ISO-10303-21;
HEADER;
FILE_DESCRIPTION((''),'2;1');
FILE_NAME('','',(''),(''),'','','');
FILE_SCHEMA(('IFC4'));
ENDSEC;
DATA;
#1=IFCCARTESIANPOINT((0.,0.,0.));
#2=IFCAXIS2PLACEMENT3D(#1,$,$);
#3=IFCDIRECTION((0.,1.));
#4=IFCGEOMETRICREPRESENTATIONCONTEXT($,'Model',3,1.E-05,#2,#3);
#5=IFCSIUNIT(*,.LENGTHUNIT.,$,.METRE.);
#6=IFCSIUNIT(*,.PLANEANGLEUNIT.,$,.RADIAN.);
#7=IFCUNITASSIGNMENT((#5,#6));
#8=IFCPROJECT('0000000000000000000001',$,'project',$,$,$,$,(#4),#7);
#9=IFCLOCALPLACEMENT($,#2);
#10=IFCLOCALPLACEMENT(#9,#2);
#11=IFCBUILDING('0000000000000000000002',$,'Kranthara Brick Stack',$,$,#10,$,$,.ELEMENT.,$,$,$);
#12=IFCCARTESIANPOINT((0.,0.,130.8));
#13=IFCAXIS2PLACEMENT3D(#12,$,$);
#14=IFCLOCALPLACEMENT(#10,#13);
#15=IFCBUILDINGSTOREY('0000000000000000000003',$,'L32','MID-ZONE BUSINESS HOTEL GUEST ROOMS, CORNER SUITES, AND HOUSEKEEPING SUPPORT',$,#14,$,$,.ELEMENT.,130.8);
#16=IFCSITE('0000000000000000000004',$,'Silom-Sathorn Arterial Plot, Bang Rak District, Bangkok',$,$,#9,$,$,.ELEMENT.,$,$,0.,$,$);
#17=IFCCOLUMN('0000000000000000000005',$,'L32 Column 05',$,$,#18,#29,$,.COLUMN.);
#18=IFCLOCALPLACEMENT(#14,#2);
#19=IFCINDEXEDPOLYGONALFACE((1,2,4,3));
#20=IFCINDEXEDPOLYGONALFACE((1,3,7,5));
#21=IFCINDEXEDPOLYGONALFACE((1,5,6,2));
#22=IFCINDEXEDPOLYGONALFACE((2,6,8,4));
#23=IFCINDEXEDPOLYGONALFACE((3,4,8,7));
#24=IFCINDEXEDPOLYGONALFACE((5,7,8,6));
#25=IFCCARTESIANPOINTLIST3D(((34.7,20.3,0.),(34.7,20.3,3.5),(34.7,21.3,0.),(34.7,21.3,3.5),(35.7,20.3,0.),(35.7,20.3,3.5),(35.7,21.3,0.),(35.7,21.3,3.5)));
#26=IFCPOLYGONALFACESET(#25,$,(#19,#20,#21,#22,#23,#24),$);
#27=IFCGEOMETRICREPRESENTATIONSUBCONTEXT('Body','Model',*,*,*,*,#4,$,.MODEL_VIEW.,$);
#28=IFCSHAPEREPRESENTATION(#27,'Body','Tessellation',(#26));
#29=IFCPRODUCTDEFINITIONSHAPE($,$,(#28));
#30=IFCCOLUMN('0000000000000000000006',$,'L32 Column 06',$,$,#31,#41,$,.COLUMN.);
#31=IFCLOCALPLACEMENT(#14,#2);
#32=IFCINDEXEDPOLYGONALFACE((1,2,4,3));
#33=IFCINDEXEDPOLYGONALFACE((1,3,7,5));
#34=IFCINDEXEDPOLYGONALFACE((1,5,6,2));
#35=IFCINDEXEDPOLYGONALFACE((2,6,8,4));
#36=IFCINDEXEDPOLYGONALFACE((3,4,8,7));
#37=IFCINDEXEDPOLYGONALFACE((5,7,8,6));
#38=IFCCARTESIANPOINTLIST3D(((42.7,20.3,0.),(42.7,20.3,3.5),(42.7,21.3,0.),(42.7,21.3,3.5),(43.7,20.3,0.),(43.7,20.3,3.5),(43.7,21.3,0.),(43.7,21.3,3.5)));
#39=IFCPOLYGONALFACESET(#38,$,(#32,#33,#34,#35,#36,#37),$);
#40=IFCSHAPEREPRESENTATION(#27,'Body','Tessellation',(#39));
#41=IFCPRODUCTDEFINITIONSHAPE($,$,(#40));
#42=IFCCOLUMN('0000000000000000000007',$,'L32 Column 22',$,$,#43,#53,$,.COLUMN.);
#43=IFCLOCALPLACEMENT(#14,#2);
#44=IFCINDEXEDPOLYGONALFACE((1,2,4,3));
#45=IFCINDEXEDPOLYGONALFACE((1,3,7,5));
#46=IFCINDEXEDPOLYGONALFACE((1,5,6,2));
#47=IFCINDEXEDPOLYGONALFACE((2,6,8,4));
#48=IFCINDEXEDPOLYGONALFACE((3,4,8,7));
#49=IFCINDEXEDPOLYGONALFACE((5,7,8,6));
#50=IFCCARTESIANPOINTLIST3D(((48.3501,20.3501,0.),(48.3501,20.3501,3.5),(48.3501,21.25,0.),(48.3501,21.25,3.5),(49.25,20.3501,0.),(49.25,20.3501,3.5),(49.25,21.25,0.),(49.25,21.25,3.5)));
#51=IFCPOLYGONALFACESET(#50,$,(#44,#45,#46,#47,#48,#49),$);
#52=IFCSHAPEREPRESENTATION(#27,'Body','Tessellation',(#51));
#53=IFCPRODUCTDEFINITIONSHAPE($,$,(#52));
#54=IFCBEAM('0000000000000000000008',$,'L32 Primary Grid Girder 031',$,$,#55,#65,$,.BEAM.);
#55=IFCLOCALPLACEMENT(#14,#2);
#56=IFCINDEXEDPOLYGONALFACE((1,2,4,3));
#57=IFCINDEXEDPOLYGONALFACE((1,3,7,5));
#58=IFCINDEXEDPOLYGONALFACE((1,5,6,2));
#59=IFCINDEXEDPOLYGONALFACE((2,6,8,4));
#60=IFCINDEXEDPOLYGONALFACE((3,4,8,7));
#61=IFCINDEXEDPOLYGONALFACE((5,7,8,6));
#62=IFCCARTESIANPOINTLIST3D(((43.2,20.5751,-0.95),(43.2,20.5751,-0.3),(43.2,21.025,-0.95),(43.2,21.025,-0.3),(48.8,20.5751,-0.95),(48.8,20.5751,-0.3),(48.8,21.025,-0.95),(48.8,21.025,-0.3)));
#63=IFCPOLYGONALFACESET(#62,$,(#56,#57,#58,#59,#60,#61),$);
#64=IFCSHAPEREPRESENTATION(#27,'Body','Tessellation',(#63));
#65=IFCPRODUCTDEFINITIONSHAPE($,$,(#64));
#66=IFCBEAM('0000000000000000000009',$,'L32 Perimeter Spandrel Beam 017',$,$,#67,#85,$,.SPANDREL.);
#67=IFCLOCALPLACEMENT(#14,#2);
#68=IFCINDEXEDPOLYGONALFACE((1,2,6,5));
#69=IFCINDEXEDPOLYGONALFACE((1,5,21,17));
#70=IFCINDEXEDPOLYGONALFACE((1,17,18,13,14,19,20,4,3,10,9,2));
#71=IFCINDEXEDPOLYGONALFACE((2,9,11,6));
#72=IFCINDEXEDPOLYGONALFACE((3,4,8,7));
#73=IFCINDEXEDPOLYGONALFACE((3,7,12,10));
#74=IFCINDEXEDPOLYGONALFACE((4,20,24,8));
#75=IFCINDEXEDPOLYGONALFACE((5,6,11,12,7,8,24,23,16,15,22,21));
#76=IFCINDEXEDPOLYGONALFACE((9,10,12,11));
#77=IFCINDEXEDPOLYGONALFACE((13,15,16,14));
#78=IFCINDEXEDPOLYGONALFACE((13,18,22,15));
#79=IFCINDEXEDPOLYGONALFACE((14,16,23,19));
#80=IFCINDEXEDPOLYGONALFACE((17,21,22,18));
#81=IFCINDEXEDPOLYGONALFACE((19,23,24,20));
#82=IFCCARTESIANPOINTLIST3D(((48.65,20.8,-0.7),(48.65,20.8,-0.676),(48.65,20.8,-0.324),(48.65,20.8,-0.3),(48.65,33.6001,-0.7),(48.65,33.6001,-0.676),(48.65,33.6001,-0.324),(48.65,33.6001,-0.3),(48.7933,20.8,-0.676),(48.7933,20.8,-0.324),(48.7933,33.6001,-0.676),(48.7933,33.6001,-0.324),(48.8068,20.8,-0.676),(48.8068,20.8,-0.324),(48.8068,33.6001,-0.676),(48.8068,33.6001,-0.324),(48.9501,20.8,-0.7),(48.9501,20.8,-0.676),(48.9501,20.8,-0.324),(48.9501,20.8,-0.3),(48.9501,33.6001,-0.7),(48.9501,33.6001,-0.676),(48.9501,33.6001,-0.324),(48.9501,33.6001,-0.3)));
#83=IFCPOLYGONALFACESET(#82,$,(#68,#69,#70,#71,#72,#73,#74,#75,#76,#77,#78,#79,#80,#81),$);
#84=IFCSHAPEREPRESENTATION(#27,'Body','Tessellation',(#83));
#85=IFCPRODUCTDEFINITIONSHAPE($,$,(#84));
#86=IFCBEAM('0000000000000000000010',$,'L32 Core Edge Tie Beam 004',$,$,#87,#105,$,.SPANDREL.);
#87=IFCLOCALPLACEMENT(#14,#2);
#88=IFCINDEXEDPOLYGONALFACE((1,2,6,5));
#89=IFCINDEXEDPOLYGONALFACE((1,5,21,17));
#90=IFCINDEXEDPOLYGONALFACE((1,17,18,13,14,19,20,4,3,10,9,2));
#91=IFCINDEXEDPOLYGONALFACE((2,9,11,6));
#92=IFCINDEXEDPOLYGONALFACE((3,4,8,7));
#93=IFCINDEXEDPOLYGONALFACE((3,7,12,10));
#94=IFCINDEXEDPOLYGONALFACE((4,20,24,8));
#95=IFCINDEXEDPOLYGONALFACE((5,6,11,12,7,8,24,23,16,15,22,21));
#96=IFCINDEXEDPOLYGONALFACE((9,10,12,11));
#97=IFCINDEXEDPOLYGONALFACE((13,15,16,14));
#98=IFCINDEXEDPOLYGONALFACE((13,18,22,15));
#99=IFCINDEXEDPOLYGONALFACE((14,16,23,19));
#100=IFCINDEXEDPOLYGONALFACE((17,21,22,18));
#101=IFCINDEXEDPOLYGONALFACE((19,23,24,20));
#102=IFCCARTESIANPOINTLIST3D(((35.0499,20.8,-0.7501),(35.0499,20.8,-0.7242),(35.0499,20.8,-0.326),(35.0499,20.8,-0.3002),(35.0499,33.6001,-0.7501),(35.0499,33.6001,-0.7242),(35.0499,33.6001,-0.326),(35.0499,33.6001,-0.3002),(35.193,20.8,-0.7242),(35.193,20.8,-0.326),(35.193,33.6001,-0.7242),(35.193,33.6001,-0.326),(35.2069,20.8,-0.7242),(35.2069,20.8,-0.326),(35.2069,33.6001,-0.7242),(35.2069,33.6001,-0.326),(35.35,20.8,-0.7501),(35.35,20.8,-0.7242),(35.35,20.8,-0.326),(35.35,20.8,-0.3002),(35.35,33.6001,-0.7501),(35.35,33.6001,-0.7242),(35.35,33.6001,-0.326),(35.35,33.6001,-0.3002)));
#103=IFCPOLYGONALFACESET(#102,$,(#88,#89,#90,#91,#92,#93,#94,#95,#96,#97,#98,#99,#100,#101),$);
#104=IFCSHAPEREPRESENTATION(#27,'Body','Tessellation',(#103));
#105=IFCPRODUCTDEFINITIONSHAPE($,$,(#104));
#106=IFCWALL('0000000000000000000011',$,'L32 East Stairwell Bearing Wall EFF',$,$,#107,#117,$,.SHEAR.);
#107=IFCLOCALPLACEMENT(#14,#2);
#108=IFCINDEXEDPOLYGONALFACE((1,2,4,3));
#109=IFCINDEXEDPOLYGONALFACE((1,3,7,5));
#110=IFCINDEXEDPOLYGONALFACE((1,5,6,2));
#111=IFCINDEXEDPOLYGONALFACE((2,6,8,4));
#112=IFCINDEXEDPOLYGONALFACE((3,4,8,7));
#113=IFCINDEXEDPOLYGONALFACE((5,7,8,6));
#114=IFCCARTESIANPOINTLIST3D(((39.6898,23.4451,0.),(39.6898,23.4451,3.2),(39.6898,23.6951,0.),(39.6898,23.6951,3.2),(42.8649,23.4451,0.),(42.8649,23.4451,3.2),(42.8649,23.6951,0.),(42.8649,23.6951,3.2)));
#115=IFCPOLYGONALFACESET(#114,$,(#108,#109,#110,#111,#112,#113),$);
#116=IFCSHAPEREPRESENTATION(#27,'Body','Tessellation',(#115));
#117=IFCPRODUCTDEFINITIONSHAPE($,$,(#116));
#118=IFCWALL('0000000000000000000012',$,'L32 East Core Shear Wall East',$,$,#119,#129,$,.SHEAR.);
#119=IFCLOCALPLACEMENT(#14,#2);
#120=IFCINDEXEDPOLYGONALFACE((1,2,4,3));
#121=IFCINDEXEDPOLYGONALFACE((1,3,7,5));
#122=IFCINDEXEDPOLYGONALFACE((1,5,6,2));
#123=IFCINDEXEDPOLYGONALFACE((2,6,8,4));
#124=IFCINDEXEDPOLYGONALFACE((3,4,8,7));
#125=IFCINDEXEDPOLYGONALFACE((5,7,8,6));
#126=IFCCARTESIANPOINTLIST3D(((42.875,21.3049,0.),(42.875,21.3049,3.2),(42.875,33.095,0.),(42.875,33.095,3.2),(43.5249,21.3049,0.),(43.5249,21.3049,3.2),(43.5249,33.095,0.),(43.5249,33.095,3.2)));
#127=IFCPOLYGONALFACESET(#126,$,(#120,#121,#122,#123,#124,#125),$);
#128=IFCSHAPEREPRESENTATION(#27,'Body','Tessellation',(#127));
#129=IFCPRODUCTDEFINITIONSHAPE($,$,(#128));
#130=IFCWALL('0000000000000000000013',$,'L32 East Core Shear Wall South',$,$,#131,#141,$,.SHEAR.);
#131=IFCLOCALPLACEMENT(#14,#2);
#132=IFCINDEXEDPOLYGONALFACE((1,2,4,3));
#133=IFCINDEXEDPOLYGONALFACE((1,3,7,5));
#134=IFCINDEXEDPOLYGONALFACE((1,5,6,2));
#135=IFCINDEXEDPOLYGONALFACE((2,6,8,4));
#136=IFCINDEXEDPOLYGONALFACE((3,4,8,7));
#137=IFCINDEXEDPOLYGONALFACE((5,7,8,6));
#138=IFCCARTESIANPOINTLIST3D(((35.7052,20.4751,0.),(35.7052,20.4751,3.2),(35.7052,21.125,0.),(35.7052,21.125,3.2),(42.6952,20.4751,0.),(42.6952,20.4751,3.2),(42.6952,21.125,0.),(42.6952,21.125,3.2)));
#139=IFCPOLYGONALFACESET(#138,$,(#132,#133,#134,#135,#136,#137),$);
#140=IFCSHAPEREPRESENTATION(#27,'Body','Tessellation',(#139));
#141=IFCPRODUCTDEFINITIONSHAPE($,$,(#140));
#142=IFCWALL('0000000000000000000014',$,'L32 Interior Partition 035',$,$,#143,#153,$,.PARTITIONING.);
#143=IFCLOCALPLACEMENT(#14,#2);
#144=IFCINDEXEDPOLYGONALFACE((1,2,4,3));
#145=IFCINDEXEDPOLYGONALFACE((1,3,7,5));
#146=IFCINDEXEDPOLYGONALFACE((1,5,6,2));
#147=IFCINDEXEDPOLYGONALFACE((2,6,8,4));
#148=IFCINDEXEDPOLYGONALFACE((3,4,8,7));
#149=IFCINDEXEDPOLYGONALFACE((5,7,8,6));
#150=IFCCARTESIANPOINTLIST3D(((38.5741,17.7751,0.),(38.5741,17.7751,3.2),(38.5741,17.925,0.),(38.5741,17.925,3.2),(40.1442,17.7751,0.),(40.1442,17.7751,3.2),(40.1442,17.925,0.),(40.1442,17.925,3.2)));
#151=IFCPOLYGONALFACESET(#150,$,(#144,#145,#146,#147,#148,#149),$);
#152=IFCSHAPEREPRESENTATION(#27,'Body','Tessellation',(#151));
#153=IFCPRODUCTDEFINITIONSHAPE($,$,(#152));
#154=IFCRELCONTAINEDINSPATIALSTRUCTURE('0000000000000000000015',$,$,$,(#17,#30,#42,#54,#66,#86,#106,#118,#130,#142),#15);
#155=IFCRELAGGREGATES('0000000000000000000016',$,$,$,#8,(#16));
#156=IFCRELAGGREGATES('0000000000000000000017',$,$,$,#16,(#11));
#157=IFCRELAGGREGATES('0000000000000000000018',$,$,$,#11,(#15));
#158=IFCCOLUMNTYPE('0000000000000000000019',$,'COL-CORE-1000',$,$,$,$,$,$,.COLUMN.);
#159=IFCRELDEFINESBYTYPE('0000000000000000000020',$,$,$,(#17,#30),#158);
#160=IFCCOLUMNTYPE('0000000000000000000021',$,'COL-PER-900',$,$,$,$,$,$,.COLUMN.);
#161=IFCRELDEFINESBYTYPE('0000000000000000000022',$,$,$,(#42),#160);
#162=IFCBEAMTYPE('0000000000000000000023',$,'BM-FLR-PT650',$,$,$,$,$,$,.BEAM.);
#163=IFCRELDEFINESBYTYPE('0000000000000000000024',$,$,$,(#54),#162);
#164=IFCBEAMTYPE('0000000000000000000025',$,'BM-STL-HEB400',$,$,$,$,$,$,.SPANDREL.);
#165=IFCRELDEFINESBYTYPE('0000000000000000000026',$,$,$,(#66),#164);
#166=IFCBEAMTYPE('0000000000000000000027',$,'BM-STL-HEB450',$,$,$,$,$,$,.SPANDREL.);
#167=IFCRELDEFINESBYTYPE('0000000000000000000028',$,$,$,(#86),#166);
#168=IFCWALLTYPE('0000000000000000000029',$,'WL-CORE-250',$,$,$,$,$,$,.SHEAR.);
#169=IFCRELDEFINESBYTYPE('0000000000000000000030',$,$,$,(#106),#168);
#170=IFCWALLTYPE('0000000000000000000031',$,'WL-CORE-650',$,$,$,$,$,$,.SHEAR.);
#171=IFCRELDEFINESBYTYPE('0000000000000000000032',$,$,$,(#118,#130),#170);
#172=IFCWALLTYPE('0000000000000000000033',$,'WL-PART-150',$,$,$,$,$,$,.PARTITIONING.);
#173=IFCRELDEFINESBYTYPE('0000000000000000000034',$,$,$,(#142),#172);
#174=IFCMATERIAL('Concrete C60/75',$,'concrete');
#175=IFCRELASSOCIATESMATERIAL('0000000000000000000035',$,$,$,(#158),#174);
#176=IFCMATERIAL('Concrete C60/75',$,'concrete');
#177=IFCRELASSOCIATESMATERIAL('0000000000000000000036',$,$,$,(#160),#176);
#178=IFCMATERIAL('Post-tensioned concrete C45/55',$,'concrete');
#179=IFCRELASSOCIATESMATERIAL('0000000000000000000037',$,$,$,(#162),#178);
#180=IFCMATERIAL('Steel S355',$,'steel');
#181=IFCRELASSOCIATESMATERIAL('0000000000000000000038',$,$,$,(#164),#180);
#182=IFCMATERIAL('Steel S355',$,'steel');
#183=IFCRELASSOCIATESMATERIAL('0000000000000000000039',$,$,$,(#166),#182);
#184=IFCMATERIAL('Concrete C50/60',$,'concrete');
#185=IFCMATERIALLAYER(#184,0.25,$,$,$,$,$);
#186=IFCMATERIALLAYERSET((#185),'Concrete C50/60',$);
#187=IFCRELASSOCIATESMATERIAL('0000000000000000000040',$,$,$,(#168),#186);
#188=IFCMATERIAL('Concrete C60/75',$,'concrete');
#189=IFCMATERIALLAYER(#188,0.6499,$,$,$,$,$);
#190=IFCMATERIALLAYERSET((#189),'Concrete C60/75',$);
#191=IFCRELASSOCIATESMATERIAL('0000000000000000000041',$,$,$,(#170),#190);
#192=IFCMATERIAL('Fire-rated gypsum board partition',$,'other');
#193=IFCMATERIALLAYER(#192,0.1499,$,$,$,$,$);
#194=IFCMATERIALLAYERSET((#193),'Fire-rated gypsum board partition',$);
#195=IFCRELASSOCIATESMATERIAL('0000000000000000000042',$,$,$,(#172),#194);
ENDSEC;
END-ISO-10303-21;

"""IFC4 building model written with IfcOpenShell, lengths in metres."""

from ifc_helpers import new_model, si_unit, direction, frame, frame_2d, origin, origin_2d, place, context, subcontext, project, spatial, rectangle, i_section, extrude, material, layer, layer_set, material_profile, profile_set, type_object, element, save


model = new_model("IFC4")

# Units and contexts
model_context = context("Model", 3, precision=1e-05, world=origin(), true_north=direction((0.0, 1.0)))
body_context = subcontext(model_context, "Body", "Model", "MODEL_VIEW")
ifc_project = project(units=[si_unit("LENGTHUNIT", "METRE"), si_unit("PLANEANGLEUNIT", "RADIAN")], contexts=[model_context])

# Site, building, storey
site_placement = place(None, origin())
site = spatial("IfcSite", under=ifc_project, at=site_placement, Name="Silom-Sathorn Arterial Plot, Bang Rak District, Bangkok", CompositionType="ELEMENT", RefElevation=0.0)
building_placement = place(site_placement, origin())
building = spatial("IfcBuilding", under=site, at=building_placement, Name="Kranthara Brick Stack", CompositionType="ELEMENT")
storey_placement = place(building_placement, frame((0.0, 0.0, 130.8)))
storey = spatial("IfcBuildingStorey", under=building, at=storey_placement, Name="L32", Description="MID-ZONE BUSINESS HOTEL GUEST ROOMS, CORNER SUITES, AND HOUSEKEEPING SUPPORT", CompositionType="ELEMENT", Elevation=130.8)

# Columns
ifc_material_1 = material(Name="Concrete C60/75", Category="concrete")
ifc_material_profile_1 = material_profile(ifc_material_1, rectangle(XDim=1.0, YDim=1.0, at=origin_2d()), Name="RC 1000x1000")
ifc_profile_set_1 = profile_set([ifc_material_profile_1], Name="Concrete C60/75")
column_type_1 = type_object("IfcColumnType", Name="COL-CORE-1000", PredefinedType="COLUMN", material=ifc_profile_set_1)
for number, where, z_axis, x_axis, name in (
    (1, (35.2, 20.8, 0.0), (0.0, 0.0, 1.0), (1.0, 0.0, 0.0), "L32 Column 05"),
    (2, (43.2, 20.8, 0.0), (0.0, 0.0, 1.0), (1.0, 0.0, 0.0), "L32 Column 06"),
):
    element("IfcColumn", number, at=place(storey_placement, frame(where, z_axis=z_axis, x_axis=x_axis)), inside=storey, type_object=column_type_1, Name=name, PredefinedType="COLUMN", context=body_context, shape_type="SweptSolid", body=[
        extrude(rectangle(XDim=1.0, YDim=1.0, at=origin_2d()), origin(), (0.0, 0.0, 1.0), 3.5),
    ])
ifc_material_2 = material(Name="Concrete C60/75", Category="concrete")
ifc_material_profile_2 = material_profile(ifc_material_2, rectangle(XDim=0.8999, YDim=0.8999, at=origin_2d()), Name="RC 900x900")
ifc_profile_set_2 = profile_set([ifc_material_profile_2], Name="Concrete C60/75")
column_type_2 = type_object("IfcColumnType", Name="COL-PER-900", PredefinedType="COLUMN", material=ifc_profile_set_2)
column_placement = place(storey_placement, frame((48.8, 20.8, 0.0), z_axis=(0.0, 0.0, 1.0), x_axis=(1.0, 0.0, 0.0)))
element("IfcColumn", 3, at=column_placement, inside=storey, type_object=column_type_2, Name="L32 Column 22", PredefinedType="COLUMN", context=body_context, shape_type="SweptSolid", body=[
    extrude(rectangle(XDim=0.8999, YDim=0.8999, at=origin_2d()), origin(), (0.0, 0.0, 1.0), 3.5),
])

# Beams
ifc_material_3 = material(Name="Post-tensioned concrete C45/55", Category="concrete")
ifc_material_profile_3 = material_profile(ifc_material_3, rectangle(XDim=0.45, YDim=0.6499, at=origin_2d()), Name="PT 450x650")
ifc_profile_set_3 = profile_set([ifc_material_profile_3], Name="Post-tensioned concrete C45/55")
beam_type_1 = type_object("IfcBeamType", Name="BM-FLR-PT650", PredefinedType="BEAM", material=ifc_profile_set_3)
beam_1_placement = place(storey_placement, frame((43.2, 20.8, -0.625), z_axis=(1.0, 0.0, 0.0), x_axis=(0.0, 1.0, 0.0)))
element("IfcBeam", 4, at=beam_1_placement, inside=storey, type_object=beam_type_1, Name="L32 Primary Grid Girder 031", PredefinedType="BEAM", context=body_context, shape_type="SweptSolid", body=[
    extrude(rectangle(XDim=0.45, YDim=0.6499, at=origin_2d()), origin(), (0.0, 0.0, 1.0), 5.6001),
])
ifc_material_4 = material(Name="Steel S355", Category="steel")
ifc_material_profile_4 = material_profile(ifc_material_4, i_section(OverallWidth=0.3, OverallDepth=0.3999, WebThickness=0.0134, FlangeThickness=0.0239, at=origin_2d()), Name="HEB 400")
ifc_profile_set_4 = profile_set([ifc_material_profile_4], Name="Steel S355")
beam_type_2 = type_object("IfcBeamType", Name="BM-STL-HEB400", PredefinedType="SPANDREL", material=ifc_profile_set_4)
beam_2_placement = place(storey_placement, frame((48.8, 20.8, -0.5), z_axis=(0.0, 1.0, 0.0), x_axis=(-1.0, 0.0, 0.0)))
element("IfcBeam", 5, at=beam_2_placement, inside=storey, type_object=beam_type_2, Name="L32 Perimeter Spandrel Beam 017", PredefinedType="SPANDREL", context=body_context, shape_type="SweptSolid", body=[
    extrude(i_section(OverallWidth=0.3, OverallDepth=0.3999, WebThickness=0.0134, FlangeThickness=0.0239, at=origin_2d()), origin(), (0.0, 0.0, 1.0), 12.8),
])
ifc_material_5 = material(Name="Steel S355", Category="steel")
ifc_material_profile_5 = material_profile(ifc_material_5, i_section(OverallWidth=0.3, OverallDepth=0.45, WebThickness=0.0139, FlangeThickness=0.0259, at=origin_2d()), Name="HEB 450")
ifc_profile_set_5 = profile_set([ifc_material_profile_5], Name="Steel S355")
beam_type_3 = type_object("IfcBeamType", Name="BM-STL-HEB450", PredefinedType="SPANDREL", material=ifc_profile_set_5)
beam_3_placement = place(storey_placement, frame((35.2, 20.8, -0.5251), z_axis=(0.0, 1.0, 0.0), x_axis=(-1.0, 0.0, 0.0)))
element("IfcBeam", 6, at=beam_3_placement, inside=storey, type_object=beam_type_3, Name="L32 Core Edge Tie Beam 004", PredefinedType="SPANDREL", context=body_context, shape_type="SweptSolid", body=[
    extrude(i_section(OverallWidth=0.3, OverallDepth=0.45, WebThickness=0.0139, FlangeThickness=0.0259, at=origin_2d()), origin(), (0.0, 0.0, 1.0), 12.8),
])

# Shared definitions
ifc_material_6 = material(Name="Concrete C50/60", Category="concrete")
ifc_layer_1 = layer(ifc_material_6, 0.25)
ifc_layer_set_1 = layer_set([ifc_layer_1], Name="Concrete C50/60")
wall_type_1 = type_object("IfcWallType", Name="WL-CORE-250", PredefinedType="SHEAR", material=ifc_layer_set_1)

# Walls
wall_1_placement = place(storey_placement, frame((39.6899, 23.5701, 0.0), z_axis=(0.0, 0.0, 1.0), x_axis=(1.0, 0.0, 0.0)))
element("IfcWall", 7, at=wall_1_placement, inside=storey, type_object=wall_type_1, Name="L32 East Stairwell Bearing Wall EFF", PredefinedType="SHEAR", context=body_context, shape_type="SweptSolid", body=[
    extrude(rectangle(XDim=3.175, YDim=0.25, at=frame_2d((1.5874, 0.0))), origin(), (0.0, 0.0, 1.0), 3.2),
])
ifc_material_7 = material(Name="Concrete C60/75", Category="concrete")
ifc_layer_2 = layer(ifc_material_7, 0.6499)
ifc_layer_set_2 = layer_set([ifc_layer_2], Name="Concrete C60/75")
wall_type_2 = type_object("IfcWallType", Name="WL-CORE-650", PredefinedType="SHEAR", material=ifc_layer_set_2)
wall_2_placement = place(storey_placement, frame((43.2, 21.3049, 0.0), z_axis=(0.0, 0.0, 1.0), x_axis=(0.0, 1.0, 0.0)))
element("IfcWall", 8, at=wall_2_placement, inside=storey, type_object=wall_type_2, Name="L32 East Core Shear Wall East", PredefinedType="SHEAR", context=body_context, shape_type="SweptSolid", body=[
    extrude(rectangle(XDim=11.79, YDim=0.6499, at=frame_2d((5.895, 0.0))), origin(), (0.0, 0.0, 1.0), 3.2),
])
wall_3_placement = place(storey_placement, frame((35.7051, 20.8, 0.0), z_axis=(0.0, 0.0, 1.0), x_axis=(1.0, 0.0, 0.0)))
element("IfcWall", 9, at=wall_3_placement, inside=storey, type_object=wall_type_2, Name="L32 East Core Shear Wall South", PredefinedType="SHEAR", context=body_context, shape_type="SweptSolid", body=[
    extrude(rectangle(XDim=6.99, YDim=0.6499, at=frame_2d((3.4951, 0.0))), origin(), (0.0, 0.0, 1.0), 3.2),
])

# Wall
ifc_material_8 = material(Name="Fire-rated gypsum board partition", Category="other")
ifc_layer_3 = layer(ifc_material_8, 0.1499)
ifc_layer_set_3 = layer_set([ifc_layer_3], Name="Fire-rated gypsum board partition")
wall_type_3 = type_object("IfcWallType", Name="WL-PART-150", PredefinedType="PARTITIONING", material=ifc_layer_set_3)
wall_4_placement = place(storey_placement, frame((38.574, 17.8501, 0.0), z_axis=(0.0, 0.0, 1.0), x_axis=(1.0, 0.0, 0.0)))
element("IfcWall", 10, at=wall_4_placement, inside=storey, type_object=wall_type_3, Name="L32 Interior Partition 035", PredefinedType="PARTITIONING", context=body_context, shape_type="SweptSolid", body=[
    extrude(rectangle(XDim=1.5701, YDim=0.1499, at=frame_2d((0.7852, 0.0))), origin(), (0.0, 0.0, 1.0), 3.2),
])

save(model, "model.ifc")
